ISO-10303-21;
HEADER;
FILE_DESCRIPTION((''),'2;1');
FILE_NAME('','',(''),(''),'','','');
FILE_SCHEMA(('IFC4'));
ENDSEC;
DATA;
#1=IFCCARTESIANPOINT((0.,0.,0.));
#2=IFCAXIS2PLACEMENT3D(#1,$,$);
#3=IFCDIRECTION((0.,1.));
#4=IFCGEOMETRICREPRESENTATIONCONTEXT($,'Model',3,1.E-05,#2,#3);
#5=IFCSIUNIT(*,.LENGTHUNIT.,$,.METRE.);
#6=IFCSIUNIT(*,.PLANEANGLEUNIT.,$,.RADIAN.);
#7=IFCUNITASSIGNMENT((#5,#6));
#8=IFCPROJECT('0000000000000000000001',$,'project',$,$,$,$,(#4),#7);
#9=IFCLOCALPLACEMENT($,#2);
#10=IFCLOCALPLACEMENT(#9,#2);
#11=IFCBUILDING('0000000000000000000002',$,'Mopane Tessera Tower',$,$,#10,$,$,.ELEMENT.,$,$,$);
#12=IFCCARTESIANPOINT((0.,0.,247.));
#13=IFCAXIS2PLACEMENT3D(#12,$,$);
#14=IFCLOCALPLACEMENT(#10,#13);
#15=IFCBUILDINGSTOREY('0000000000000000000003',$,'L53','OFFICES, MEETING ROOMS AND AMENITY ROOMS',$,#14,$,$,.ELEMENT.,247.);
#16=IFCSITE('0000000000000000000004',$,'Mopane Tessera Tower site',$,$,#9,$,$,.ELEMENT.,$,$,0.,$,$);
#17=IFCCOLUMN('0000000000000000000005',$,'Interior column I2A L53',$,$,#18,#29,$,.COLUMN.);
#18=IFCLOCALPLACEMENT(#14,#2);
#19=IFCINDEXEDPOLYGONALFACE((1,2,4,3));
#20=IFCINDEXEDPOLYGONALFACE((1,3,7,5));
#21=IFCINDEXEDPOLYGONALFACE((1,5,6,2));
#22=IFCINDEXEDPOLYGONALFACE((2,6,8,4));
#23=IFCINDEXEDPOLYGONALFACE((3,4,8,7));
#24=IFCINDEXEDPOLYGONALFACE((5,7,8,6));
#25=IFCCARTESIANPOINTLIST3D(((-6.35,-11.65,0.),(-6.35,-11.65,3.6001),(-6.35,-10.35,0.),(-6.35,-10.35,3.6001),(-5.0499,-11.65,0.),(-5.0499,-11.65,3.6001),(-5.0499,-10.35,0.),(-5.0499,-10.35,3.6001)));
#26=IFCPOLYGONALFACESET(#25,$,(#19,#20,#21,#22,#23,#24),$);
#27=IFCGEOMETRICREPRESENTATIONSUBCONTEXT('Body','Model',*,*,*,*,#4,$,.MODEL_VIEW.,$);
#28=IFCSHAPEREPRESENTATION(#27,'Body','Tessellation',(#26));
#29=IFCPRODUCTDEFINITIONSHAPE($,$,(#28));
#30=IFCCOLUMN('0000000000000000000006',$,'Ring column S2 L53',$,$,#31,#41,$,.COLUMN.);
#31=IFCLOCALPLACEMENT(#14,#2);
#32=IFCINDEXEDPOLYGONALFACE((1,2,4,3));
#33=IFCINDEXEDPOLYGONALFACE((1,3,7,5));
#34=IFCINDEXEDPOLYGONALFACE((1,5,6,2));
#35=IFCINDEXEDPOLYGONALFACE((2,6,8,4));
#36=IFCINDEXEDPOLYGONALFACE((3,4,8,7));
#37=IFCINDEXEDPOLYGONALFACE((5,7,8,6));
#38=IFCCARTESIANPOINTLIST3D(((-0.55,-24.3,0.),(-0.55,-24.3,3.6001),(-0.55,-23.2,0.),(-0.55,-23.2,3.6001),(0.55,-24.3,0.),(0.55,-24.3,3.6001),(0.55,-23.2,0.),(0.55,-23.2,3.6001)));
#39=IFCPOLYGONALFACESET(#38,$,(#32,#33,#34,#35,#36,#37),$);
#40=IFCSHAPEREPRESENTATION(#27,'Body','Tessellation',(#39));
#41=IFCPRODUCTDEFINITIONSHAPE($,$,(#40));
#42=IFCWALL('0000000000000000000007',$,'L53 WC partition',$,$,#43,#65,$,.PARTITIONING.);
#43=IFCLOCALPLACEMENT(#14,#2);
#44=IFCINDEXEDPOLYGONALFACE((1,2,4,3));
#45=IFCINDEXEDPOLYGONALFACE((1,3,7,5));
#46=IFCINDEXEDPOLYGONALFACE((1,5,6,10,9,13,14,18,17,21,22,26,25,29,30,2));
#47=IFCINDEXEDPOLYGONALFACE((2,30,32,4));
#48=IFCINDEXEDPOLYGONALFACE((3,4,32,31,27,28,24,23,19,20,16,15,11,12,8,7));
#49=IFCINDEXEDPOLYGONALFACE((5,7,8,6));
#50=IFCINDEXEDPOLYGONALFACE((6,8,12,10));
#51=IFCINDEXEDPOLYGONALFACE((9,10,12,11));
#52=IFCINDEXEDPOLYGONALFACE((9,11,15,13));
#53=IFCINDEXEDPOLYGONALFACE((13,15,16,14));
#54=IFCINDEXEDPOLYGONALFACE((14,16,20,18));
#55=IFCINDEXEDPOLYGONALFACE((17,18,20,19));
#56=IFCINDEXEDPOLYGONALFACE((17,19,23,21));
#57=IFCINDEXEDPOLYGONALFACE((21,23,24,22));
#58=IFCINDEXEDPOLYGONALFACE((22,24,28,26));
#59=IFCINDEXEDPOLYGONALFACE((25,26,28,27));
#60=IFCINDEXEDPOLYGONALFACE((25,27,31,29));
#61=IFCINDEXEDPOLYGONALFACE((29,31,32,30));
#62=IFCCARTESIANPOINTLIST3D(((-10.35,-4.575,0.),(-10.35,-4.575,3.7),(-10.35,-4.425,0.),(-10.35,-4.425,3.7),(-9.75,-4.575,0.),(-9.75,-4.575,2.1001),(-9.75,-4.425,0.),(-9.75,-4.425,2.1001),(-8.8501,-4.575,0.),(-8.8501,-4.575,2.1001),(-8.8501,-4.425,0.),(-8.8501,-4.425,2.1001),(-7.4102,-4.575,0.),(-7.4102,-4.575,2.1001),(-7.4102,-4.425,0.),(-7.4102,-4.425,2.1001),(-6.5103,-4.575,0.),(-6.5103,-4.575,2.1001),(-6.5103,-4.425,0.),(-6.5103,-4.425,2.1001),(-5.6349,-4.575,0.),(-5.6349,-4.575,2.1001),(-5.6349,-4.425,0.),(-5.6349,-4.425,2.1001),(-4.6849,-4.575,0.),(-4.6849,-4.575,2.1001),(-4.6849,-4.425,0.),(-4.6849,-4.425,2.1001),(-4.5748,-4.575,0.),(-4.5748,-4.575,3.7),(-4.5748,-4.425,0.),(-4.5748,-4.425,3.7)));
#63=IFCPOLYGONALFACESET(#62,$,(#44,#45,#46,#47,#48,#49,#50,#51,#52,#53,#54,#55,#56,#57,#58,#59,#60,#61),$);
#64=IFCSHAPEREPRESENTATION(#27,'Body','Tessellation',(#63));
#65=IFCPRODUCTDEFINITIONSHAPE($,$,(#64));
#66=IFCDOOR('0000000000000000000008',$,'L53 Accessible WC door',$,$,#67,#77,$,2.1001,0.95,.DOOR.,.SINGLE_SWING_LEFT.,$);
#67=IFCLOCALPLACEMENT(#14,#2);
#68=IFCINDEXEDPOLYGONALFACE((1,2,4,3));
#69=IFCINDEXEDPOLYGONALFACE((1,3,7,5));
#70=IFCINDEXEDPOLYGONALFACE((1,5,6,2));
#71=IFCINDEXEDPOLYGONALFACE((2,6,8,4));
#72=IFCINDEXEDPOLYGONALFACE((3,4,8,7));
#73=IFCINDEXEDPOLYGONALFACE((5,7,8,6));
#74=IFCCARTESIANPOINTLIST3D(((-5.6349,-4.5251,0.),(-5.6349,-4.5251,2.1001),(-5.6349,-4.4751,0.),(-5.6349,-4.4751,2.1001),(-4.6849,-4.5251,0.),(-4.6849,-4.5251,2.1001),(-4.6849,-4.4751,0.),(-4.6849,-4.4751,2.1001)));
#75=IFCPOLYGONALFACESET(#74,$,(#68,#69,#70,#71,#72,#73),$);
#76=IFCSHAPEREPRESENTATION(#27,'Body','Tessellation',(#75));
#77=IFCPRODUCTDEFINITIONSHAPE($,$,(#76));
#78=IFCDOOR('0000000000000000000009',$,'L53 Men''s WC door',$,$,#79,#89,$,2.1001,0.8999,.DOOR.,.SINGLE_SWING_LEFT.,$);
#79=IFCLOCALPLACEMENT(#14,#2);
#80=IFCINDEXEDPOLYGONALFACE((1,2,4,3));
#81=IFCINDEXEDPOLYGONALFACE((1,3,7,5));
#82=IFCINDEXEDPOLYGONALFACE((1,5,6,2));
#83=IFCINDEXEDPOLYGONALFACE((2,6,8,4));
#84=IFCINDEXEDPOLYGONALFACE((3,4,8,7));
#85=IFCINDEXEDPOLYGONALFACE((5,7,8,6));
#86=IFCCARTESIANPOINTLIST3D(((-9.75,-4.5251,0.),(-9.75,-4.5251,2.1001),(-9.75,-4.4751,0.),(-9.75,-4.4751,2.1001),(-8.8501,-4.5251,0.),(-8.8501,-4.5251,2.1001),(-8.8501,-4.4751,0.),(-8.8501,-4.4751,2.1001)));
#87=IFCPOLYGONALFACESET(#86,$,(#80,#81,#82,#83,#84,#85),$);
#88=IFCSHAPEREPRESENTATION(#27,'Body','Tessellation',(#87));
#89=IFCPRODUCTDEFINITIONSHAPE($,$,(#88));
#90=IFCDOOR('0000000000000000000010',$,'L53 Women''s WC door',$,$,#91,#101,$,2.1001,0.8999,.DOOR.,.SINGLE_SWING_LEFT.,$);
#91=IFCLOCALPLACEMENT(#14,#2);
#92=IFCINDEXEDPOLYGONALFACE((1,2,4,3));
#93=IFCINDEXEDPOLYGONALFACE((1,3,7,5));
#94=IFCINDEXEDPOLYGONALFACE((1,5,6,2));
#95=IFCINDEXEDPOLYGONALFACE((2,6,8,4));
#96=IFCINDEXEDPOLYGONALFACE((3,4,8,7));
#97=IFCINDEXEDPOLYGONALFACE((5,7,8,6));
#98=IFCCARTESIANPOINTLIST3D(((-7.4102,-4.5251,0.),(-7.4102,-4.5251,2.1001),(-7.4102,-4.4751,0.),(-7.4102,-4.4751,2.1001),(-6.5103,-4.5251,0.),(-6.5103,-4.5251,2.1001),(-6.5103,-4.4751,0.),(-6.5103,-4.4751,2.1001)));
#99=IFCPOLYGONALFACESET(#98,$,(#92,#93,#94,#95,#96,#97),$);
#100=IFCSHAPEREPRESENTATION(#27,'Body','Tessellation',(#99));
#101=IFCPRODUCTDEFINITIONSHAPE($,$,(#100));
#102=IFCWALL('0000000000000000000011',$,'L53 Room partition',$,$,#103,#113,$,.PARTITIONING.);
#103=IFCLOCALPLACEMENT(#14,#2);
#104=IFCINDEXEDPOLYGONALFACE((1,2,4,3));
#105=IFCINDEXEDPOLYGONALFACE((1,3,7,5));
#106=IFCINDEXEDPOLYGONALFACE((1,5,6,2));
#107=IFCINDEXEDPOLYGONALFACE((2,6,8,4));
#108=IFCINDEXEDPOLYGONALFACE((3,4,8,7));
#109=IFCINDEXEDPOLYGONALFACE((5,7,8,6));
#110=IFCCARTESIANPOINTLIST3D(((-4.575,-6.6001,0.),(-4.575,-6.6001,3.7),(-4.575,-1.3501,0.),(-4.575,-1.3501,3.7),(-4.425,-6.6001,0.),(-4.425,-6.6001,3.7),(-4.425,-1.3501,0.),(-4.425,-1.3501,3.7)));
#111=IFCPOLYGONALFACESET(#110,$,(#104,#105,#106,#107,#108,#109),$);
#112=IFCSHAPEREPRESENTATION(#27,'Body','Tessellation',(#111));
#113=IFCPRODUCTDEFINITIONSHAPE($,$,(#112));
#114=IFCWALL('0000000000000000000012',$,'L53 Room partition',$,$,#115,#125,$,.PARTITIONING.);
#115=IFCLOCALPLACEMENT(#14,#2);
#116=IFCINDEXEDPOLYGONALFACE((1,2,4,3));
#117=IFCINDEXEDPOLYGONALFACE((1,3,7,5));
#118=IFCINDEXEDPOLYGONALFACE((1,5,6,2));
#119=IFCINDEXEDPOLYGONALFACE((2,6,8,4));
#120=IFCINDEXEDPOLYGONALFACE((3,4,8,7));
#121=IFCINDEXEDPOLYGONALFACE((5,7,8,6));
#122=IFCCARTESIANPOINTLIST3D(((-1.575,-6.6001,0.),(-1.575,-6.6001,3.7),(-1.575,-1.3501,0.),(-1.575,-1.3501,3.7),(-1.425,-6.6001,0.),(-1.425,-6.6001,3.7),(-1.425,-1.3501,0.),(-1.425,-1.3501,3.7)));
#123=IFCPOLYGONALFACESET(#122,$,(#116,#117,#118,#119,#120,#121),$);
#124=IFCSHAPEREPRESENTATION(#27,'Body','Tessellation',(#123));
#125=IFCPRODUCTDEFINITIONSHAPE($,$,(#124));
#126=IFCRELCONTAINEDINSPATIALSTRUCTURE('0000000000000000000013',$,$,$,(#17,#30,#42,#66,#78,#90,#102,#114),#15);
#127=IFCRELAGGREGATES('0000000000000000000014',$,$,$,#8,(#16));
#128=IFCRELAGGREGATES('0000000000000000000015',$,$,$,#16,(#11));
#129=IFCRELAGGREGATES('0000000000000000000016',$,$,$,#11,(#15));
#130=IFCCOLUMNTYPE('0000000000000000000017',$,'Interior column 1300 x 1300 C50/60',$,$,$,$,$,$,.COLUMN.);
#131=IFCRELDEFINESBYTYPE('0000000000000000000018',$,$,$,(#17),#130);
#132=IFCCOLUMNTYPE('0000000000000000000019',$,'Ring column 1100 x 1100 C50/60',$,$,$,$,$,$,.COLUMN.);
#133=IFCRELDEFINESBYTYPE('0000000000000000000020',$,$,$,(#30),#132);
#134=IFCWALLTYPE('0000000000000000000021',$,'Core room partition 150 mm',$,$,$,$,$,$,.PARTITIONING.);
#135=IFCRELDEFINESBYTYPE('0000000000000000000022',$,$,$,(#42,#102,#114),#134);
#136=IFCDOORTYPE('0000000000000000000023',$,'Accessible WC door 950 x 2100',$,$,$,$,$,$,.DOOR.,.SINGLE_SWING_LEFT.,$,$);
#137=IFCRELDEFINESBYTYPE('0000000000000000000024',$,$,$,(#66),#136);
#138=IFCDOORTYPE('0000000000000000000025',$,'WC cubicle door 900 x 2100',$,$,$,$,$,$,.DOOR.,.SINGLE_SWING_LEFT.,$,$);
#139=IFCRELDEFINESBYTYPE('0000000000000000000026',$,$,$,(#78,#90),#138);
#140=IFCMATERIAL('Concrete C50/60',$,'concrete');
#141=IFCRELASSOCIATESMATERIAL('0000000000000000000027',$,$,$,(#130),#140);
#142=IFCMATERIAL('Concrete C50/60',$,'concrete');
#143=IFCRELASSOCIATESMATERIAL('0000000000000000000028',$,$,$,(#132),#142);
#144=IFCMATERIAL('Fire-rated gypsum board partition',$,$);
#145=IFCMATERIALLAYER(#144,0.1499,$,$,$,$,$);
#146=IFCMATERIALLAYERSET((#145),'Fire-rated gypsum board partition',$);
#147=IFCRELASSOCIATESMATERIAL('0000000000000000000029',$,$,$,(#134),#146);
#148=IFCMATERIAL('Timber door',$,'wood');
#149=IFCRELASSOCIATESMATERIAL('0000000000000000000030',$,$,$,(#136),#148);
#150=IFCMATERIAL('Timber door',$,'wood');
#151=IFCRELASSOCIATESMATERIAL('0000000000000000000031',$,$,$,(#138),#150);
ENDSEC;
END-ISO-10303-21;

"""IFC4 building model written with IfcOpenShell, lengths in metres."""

from ifc_helpers import new_model, si_unit, direction, frame, frame_2d, origin, origin_2d, place, context, subcontext, project, spatial, rectangle, extrude, material, layer, layer_set, material_profile, profile_set, type_object, element, fill, save


model = new_model("IFC4")

# Units and contexts
model_context = context("Model", 3, precision=1e-05, world=origin(), true_north=direction((0.0, 1.0)))
body_context = subcontext(model_context, "Body", "Model", "MODEL_VIEW")
ifc_project = project(units=[si_unit("LENGTHUNIT", "METRE"), si_unit("PLANEANGLEUNIT", "RADIAN")], contexts=[model_context])

# Site, building, storey
site_placement = place(None, origin())
site = spatial("IfcSite", under=ifc_project, at=site_placement, Name="Mopane Tessera Tower site", CompositionType="ELEMENT", RefElevation=0.0)
building_placement = place(site_placement, origin())
building = spatial("IfcBuilding", under=site, at=building_placement, Name="Mopane Tessera Tower", CompositionType="ELEMENT")
storey_placement = place(building_placement, frame((0.0, 0.0, 247.0)))
storey = spatial("IfcBuildingStorey", under=building, at=storey_placement, Name="L53", Description="OFFICES, MEETING ROOMS AND AMENITY ROOMS", CompositionType="ELEMENT", Elevation=247.0)

# Columns
ifc_material_1 = material(Name="Concrete C50/60", Category="concrete")
ifc_material_profile_1 = material_profile(ifc_material_1, rectangle(XDim=1.3, YDim=1.3, at=origin_2d()))
ifc_profile_set_1 = profile_set([ifc_material_profile_1], Name="Concrete C50/60")
column_type_1 = type_object("IfcColumnType", Name="Interior column 1300 x 1300 C50/60", PredefinedType="COLUMN", material=ifc_profile_set_1)
column_1_placement = place(storey_placement, frame((-5.7, -11.0, 0.0), z_axis=(0.0, 0.0, 1.0), x_axis=(1.0, 0.0, 0.0)))
element("IfcColumn", 1, at=column_1_placement, inside=storey, type_object=column_type_1, Name="Interior column I2A L53", PredefinedType="COLUMN", context=body_context, shape_type="SweptSolid", body=[
    extrude(rectangle(XDim=1.3, YDim=1.3, at=origin_2d()), origin(), (0.0, 0.0, 1.0), 3.6001),
])
ifc_material_2 = material(Name="Concrete C50/60", Category="concrete")
ifc_material_profile_2 = material_profile(ifc_material_2, rectangle(XDim=1.1001, YDim=1.1001, at=origin_2d()))
ifc_profile_set_2 = profile_set([ifc_material_profile_2], Name="Concrete C50/60")
column_type_2 = type_object("IfcColumnType", Name="Ring column 1100 x 1100 C50/60", PredefinedType="COLUMN", material=ifc_profile_set_2)
column_2_placement = place(storey_placement, frame((0.0, -23.75, 0.0), z_axis=(0.0, 0.0, 1.0), x_axis=(1.0, 0.0, 0.0)))
element("IfcColumn", 2, at=column_2_placement, inside=storey, type_object=column_type_2, Name="Ring column S2 L53", PredefinedType="COLUMN", context=body_context, shape_type="SweptSolid", body=[
    extrude(rectangle(XDim=1.1001, YDim=1.1001, at=origin_2d()), origin(), (0.0, 0.0, 1.0), 3.6001),
])

# Wall, openings, doors
ifc_material_3 = material(Name="Fire-rated gypsum board partition")
ifc_layer_1 = layer(ifc_material_3, 0.1499)
ifc_layer_set_1 = layer_set([ifc_layer_1], Name="Fire-rated gypsum board partition")
wall_type_1 = type_object("IfcWallType", Name="Core room partition 150 mm", PredefinedType="PARTITIONING", material=ifc_layer_set_1)
wall_1_placement = place(storey_placement, frame((-10.3501, -4.5, 0.0), z_axis=(0.0, 0.0, 1.0), x_axis=(1.0, 0.0, 0.0)))
wall_1 = element("IfcWall", 3, at=wall_1_placement, inside=storey, type_object=wall_type_1, Name="L53 WC partition", PredefinedType="PARTITIONING", context=body_context, shape_type="SweptSolid", body=[
    extrude(rectangle(XDim=5.7751, YDim=0.1499, at=frame_2d((2.8877, 0.0))), origin(), (0.0, 0.0, 1.0), 3.7),
])
opening_1_placement = place(wall_1_placement, frame((0.6001, 0.0, 0.0)))
opening_1 = element("IfcOpeningElement", 4, at=opening_1_placement, cuts=wall_1, PredefinedType="OPENING", context=body_context, shape_type="SweptSolid", body=[
    extrude(rectangle(XDim=0.8999, YDim=2.1001, at=frame_2d((0.45, 1.05))), frame((0.0, 0.0869, 0.0), z_axis=(0.0, -1.0, 0.0), x_axis=(1.0, 0.0, 0.0)), (0.0, 0.0, 1.0), 0.1738),
])
opening_2_placement = place(wall_1_placement, frame((2.9399, 0.0, 0.0)))
opening_2 = element("IfcOpeningElement", 5, at=opening_2_placement, cuts=wall_1, PredefinedType="OPENING", context=body_context, shape_type="SweptSolid", body=[
    extrude(rectangle(XDim=0.8999, YDim=2.1001, at=frame_2d((0.45, 1.05))), frame((0.0, 0.0869, 0.0), z_axis=(0.0, -1.0, 0.0), x_axis=(1.0, 0.0, 0.0)), (0.0, 0.0, 1.0), 0.1738),
])
opening_3_placement = place(wall_1_placement, frame((4.7151, 0.0, 0.0)))
opening_3 = element("IfcOpeningElement", 6, at=opening_3_placement, cuts=wall_1, PredefinedType="OPENING", context=body_context, shape_type="SweptSolid", body=[
    extrude(rectangle(XDim=0.95, YDim=2.1001, at=frame_2d((0.4751, 1.05))), frame((0.0, 0.0869, 0.0), z_axis=(0.0, -1.0, 0.0), x_axis=(1.0, 0.0, 0.0)), (0.0, 0.0, 1.0), 0.1738),
])
ifc_material_4 = material(Name="Timber door", Category="wood")
door_type_1 = type_object("IfcDoorType", Name="Accessible WC door 950 x 2100", OperationType="SINGLE_SWING_LEFT", PredefinedType="DOOR", material=ifc_material_4)
door_1_placement = place(opening_3_placement, origin())
door_1 = element("IfcDoor", 7, at=door_1_placement, inside=storey, type_object=door_type_1, Name="L53 Accessible WC door", OperationType="SINGLE_SWING_LEFT", OverallHeight=2.1001, OverallWidth=0.95, PredefinedType="DOOR", context=body_context, shape_type="SweptSolid", body=[
    extrude(rectangle(XDim=0.95, YDim=2.1001, at=frame_2d((0.4751, 1.05))), frame((0.0, 0.0249, 0.0), z_axis=(0.0, -1.0, 0.0), x_axis=(1.0, 0.0, 0.0)), (0.0, 0.0, 1.0), 0.05),
])
fill(opening_3, door_1)
ifc_material_5 = material(Name="Timber door", Category="wood")
door_type_2 = type_object("IfcDoorType", Name="WC cubicle door 900 x 2100", OperationType="SINGLE_SWING_LEFT", PredefinedType="DOOR", material=ifc_material_5)
door_2_placement = place(opening_1_placement, origin())
door_2 = element("IfcDoor", 8, at=door_2_placement, inside=storey, type_object=door_type_2, Name="L53 Men's WC door", OperationType="SINGLE_SWING_LEFT", OverallHeight=2.1001, OverallWidth=0.8999, PredefinedType="DOOR", context=body_context, shape_type="SweptSolid", body=[
    extrude(rectangle(XDim=0.8999, YDim=2.1001, at=frame_2d((0.45, 1.05))), frame((0.0, 0.0249, 0.0), z_axis=(0.0, -1.0, 0.0), x_axis=(1.0, 0.0, 0.0)), (0.0, 0.0, 1.0), 0.05),
])
fill(opening_1, door_2)
door_3_placement = place(opening_2_placement, origin())
door_3 = element("IfcDoor", 9, at=door_3_placement, inside=storey, type_object=door_type_2, Name="L53 Women's WC door", OperationType="SINGLE_SWING_LEFT", OverallHeight=2.1001, OverallWidth=0.8999, PredefinedType="DOOR", context=body_context, shape_type="SweptSolid", body=[
    extrude(rectangle(XDim=0.8999, YDim=2.1001, at=frame_2d((0.45, 1.05))), frame((0.0, 0.0249, 0.0), z_axis=(0.0, -1.0, 0.0), x_axis=(1.0, 0.0, 0.0)), (0.0, 0.0, 1.0), 0.05),
])
fill(opening_2, door_3)

# Walls
for number, where, z_axis, x_axis, name in (
    (10, (-4.5, -6.6001, 0.0), (0.0, 0.0, 1.0), (0.0, 1.0, 0.0), "L53 Room partition"),
    (11, (-1.5, -6.6001, 0.0), (0.0, 0.0, 1.0), (0.0, 1.0, 0.0), "L53 Room partition"),
):
    element("IfcWall", number, at=place(storey_placement, frame(where, z_axis=z_axis, x_axis=x_axis)), inside=storey, type_object=wall_type_1, Name=name, PredefinedType="PARTITIONING", context=body_context, shape_type="SweptSolid", body=[
        extrude(rectangle(XDim=5.25, YDim=0.1499, at=frame_2d((2.625, 0.0))), origin(), (0.0, 0.0, 1.0), 3.7),
    ])

save(model, "model.ifc")
